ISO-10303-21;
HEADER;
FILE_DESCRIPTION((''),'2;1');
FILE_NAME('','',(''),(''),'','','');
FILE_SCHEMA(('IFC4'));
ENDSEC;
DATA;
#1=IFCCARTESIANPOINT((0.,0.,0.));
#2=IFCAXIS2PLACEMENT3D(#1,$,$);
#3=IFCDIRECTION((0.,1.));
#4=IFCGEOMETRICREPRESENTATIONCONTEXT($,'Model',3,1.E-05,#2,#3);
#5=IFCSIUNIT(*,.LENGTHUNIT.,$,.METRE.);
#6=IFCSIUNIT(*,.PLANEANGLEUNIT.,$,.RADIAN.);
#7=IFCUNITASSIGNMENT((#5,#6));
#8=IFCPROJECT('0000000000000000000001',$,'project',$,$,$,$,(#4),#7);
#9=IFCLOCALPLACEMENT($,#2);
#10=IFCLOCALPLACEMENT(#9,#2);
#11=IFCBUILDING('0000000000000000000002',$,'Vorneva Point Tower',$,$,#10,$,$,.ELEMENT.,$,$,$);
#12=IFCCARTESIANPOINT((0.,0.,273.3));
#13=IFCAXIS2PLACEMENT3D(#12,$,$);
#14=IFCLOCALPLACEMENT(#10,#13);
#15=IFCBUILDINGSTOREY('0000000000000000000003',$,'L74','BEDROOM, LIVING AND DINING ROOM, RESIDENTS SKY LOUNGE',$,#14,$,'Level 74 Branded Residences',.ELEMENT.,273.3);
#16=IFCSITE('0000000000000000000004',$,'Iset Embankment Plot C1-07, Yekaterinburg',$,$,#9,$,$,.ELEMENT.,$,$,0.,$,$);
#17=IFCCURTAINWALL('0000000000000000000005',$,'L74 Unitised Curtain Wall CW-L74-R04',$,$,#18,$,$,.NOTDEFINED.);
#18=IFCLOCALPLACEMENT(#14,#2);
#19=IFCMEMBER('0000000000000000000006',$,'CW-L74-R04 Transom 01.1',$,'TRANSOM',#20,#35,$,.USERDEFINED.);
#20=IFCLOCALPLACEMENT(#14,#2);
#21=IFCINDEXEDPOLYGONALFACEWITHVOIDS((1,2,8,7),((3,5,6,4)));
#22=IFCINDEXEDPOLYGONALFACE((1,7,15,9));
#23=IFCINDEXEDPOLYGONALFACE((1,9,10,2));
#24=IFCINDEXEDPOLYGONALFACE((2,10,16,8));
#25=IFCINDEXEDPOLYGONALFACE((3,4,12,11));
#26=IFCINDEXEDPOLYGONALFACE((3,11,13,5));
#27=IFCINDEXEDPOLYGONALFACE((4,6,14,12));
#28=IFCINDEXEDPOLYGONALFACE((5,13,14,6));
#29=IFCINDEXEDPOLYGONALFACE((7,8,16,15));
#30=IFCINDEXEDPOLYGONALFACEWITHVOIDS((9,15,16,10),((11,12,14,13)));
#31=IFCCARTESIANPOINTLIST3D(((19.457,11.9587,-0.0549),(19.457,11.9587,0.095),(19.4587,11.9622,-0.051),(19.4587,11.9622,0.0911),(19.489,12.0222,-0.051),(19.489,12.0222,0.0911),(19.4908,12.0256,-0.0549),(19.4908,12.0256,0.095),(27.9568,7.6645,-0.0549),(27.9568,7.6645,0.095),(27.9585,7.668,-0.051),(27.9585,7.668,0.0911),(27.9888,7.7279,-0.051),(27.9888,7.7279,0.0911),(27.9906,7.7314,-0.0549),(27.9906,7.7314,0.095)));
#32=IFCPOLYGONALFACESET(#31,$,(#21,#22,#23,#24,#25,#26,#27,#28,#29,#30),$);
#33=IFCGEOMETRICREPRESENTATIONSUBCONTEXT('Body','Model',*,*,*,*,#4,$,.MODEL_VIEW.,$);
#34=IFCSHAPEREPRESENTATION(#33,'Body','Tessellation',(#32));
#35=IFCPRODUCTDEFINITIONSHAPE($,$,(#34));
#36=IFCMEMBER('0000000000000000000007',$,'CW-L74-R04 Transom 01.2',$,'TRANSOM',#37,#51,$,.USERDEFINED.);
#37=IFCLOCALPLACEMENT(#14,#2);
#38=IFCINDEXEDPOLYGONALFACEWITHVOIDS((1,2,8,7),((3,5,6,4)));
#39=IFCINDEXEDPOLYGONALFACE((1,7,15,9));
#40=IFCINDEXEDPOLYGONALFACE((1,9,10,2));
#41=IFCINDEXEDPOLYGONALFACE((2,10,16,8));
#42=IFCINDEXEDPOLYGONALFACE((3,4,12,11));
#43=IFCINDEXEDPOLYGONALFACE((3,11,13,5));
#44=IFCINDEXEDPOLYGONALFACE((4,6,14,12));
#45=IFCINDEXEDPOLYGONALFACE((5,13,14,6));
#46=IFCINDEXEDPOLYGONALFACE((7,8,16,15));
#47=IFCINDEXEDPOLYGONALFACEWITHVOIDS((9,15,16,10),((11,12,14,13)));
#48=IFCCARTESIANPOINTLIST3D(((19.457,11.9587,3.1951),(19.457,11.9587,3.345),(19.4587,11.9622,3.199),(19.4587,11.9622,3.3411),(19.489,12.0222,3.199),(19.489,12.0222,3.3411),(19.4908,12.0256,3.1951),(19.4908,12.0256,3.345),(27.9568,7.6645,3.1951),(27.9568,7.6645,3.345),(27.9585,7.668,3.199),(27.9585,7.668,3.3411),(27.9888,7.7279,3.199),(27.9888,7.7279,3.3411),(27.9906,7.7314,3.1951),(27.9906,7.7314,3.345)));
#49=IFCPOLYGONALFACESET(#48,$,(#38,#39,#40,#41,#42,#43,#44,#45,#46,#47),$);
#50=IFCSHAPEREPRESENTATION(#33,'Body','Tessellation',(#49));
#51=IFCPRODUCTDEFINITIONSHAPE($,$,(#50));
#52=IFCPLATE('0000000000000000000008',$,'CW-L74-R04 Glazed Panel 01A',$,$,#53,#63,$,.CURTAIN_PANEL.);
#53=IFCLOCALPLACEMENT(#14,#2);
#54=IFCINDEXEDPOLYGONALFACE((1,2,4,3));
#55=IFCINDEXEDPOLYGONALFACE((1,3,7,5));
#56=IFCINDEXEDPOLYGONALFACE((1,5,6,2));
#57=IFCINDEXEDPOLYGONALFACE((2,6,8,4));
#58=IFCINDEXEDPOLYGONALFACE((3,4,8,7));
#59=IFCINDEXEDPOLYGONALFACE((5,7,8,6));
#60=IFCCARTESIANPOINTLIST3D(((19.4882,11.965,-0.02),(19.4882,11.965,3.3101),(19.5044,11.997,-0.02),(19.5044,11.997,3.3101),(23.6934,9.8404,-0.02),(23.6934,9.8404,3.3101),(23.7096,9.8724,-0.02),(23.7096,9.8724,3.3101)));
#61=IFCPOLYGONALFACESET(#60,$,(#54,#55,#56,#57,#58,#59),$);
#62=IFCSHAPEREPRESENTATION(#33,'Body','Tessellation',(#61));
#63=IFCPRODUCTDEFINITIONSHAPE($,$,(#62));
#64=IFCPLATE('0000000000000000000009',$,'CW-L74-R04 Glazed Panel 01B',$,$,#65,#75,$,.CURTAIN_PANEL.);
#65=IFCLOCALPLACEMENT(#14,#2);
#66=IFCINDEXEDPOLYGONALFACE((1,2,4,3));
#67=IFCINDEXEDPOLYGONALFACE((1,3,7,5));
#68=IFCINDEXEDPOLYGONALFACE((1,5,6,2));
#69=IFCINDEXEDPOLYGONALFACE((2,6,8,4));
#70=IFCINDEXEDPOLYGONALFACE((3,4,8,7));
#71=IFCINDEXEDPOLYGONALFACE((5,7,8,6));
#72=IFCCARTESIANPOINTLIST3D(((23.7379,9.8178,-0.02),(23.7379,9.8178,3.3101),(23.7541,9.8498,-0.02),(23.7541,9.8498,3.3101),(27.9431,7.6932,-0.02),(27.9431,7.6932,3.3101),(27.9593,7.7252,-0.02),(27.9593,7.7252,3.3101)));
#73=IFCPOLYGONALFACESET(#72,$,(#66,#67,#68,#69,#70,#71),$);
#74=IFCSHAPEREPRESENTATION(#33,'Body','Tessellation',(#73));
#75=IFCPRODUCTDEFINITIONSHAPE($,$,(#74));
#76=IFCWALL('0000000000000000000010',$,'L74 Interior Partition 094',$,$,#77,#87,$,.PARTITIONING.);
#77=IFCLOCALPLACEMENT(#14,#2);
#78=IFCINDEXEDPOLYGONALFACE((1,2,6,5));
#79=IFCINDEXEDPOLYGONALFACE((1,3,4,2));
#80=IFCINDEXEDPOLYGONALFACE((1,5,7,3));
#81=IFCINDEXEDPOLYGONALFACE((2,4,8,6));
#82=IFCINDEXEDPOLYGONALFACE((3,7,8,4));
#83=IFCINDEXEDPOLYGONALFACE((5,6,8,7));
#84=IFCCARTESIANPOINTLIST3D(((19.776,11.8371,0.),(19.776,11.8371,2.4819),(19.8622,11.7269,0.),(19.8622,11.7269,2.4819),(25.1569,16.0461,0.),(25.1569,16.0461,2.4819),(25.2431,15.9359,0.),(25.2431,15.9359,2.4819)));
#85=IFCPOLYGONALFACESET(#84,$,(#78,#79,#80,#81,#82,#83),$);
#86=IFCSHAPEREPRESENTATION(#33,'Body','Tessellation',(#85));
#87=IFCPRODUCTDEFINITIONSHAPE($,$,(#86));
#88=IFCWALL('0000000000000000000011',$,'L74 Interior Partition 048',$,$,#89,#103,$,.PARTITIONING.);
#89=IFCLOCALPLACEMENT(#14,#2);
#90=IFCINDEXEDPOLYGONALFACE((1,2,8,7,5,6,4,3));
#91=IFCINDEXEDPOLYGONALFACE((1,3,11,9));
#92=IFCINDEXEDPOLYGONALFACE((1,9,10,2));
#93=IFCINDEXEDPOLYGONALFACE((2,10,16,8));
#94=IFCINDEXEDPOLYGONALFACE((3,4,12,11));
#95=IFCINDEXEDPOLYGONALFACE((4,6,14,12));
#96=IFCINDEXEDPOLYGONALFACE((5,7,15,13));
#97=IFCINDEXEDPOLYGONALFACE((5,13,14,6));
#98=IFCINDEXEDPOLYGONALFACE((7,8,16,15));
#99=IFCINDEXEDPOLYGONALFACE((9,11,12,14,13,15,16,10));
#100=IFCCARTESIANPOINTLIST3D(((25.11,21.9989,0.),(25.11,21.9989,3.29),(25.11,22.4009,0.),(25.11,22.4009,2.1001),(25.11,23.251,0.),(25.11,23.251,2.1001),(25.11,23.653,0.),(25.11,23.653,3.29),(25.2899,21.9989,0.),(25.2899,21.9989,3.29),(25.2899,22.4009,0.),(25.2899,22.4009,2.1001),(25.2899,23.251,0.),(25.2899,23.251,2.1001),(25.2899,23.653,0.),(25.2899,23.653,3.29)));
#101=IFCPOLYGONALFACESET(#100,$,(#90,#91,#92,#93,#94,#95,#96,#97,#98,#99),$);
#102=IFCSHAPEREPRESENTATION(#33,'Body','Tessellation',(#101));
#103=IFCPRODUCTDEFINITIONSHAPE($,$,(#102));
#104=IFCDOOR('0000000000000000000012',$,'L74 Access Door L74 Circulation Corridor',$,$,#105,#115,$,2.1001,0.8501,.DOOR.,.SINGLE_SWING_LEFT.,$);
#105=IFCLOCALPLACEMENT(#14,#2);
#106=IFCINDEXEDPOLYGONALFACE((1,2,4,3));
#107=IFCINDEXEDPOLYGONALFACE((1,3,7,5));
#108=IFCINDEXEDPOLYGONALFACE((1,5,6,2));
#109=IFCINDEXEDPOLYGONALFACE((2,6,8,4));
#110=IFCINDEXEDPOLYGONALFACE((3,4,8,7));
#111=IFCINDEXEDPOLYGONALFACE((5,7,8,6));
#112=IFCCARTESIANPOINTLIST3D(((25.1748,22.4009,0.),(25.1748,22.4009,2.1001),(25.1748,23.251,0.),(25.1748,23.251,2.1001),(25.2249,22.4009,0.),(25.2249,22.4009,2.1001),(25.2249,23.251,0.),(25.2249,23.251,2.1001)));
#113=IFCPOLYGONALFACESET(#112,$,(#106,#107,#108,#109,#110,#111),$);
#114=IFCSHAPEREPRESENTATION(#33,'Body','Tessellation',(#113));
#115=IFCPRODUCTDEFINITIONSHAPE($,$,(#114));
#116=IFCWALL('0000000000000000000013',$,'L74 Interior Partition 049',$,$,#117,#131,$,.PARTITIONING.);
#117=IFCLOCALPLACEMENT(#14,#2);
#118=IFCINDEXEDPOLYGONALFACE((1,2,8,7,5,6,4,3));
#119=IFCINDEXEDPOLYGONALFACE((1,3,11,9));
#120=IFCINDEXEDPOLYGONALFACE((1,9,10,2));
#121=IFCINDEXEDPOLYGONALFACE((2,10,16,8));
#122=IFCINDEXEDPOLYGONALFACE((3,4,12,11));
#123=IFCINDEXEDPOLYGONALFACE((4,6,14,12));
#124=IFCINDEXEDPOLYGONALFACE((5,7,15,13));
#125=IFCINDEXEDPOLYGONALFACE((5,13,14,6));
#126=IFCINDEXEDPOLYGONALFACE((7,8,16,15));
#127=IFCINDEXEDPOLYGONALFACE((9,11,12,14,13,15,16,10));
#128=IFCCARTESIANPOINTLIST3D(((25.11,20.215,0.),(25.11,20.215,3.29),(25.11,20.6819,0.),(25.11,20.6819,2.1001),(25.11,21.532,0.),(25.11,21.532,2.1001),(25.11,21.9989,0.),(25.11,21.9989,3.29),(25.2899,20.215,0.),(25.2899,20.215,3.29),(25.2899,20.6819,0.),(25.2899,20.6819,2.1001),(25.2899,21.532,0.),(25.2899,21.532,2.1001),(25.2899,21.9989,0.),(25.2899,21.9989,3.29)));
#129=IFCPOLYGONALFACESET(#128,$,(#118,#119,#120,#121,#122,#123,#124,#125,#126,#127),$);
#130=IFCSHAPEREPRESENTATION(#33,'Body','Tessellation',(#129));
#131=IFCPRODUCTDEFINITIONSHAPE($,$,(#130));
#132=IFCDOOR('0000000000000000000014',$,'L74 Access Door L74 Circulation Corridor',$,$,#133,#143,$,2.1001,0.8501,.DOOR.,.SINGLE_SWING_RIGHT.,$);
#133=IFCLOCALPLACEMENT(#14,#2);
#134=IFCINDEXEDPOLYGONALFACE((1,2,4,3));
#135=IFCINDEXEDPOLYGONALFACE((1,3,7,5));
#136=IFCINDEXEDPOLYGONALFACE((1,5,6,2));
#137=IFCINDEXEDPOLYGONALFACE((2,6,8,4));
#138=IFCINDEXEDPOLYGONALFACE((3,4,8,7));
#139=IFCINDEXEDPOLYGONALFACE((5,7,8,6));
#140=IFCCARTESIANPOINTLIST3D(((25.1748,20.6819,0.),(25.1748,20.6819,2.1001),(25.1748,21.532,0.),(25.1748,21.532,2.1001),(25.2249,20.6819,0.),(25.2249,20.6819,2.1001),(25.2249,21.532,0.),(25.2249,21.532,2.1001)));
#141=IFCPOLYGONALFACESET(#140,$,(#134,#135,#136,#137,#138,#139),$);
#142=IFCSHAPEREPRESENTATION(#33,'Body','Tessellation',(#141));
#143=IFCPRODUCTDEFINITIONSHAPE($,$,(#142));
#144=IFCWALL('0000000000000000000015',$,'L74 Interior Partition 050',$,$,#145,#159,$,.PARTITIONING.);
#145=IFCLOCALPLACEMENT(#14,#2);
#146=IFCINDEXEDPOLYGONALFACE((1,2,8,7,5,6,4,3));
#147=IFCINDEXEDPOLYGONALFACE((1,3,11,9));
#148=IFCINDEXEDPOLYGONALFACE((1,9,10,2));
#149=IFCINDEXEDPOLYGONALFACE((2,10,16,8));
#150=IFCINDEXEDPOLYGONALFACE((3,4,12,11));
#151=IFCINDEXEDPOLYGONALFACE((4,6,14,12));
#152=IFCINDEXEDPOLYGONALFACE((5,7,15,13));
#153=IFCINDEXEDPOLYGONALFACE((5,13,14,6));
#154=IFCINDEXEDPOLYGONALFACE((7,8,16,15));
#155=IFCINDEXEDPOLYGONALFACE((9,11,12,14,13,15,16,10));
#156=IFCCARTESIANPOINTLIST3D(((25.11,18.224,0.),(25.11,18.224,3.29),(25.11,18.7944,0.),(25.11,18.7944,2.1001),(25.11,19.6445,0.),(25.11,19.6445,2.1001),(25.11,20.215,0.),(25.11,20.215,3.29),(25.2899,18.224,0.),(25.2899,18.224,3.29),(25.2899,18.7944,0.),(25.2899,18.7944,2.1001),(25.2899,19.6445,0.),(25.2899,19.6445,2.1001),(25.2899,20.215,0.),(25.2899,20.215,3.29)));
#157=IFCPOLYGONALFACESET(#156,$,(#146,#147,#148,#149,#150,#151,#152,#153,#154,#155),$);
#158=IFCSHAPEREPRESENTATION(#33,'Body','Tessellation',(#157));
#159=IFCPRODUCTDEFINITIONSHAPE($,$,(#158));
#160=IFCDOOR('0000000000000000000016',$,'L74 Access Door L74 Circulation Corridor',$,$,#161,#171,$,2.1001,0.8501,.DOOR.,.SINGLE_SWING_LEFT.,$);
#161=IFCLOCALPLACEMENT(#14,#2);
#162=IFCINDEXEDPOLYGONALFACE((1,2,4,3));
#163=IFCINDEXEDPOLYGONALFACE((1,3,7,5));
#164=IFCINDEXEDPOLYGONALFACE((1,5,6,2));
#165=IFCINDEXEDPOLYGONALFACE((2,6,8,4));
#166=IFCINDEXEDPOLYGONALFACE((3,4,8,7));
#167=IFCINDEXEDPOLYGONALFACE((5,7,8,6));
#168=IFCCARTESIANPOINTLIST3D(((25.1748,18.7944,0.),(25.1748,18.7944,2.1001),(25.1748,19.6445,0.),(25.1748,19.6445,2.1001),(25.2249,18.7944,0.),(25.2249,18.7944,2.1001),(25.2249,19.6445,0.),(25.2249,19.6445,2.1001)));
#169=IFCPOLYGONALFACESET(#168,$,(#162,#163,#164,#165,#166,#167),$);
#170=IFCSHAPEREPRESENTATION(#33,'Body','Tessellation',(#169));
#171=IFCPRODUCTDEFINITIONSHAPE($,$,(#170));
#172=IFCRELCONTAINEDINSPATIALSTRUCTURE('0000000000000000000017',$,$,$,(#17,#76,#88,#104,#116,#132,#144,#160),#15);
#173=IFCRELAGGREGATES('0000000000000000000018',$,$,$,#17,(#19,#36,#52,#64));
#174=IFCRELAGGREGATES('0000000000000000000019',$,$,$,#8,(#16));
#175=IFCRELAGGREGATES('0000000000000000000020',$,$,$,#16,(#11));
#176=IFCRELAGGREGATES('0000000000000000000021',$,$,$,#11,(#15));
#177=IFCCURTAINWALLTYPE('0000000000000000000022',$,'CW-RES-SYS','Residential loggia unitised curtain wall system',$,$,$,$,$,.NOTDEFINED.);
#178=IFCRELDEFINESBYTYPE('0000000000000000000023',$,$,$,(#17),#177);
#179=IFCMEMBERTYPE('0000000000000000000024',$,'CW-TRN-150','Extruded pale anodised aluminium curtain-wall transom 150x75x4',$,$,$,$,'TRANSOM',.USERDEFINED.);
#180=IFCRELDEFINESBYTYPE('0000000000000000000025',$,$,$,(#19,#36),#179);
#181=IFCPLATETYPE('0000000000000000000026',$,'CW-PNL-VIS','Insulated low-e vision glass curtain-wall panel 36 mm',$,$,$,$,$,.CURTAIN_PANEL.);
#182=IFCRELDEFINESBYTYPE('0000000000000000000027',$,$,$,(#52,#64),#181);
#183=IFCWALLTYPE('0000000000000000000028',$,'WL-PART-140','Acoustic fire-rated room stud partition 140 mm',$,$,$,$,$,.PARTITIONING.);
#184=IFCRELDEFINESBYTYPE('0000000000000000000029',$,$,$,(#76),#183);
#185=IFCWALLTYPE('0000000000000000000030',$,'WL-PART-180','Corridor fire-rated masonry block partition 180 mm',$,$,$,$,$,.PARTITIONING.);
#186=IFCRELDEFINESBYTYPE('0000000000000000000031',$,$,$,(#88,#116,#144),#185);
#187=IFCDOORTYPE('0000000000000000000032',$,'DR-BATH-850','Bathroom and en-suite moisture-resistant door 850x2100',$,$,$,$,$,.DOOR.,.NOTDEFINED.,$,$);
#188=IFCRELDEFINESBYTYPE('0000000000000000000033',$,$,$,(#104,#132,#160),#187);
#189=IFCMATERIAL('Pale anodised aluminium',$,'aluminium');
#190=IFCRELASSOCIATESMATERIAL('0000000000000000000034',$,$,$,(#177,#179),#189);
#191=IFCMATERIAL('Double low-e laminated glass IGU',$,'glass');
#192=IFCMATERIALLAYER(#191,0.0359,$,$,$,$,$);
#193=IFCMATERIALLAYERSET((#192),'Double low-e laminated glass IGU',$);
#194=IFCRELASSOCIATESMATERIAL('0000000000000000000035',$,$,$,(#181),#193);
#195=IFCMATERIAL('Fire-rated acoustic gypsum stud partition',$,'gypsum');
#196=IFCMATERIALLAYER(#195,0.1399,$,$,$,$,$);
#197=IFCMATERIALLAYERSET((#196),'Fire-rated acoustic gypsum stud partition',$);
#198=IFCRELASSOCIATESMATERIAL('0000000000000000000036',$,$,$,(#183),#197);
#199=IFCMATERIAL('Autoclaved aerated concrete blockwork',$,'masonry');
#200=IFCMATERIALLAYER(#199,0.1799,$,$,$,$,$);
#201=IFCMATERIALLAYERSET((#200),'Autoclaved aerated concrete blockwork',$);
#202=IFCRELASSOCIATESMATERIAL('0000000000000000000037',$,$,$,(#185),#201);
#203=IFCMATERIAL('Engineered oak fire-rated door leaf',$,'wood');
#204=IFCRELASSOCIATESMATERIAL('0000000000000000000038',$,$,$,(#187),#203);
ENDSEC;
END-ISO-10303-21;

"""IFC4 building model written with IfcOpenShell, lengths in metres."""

from ifc_helpers import new_model, si_unit, direction, frame, frame_2d, origin, origin_2d, place, context, subcontext, project, spatial, rectangle, hollow_rectangle, extrude, material, layer, layer_set, material_profile, profile_set, type_object, element, fill, aggregate, save


model = new_model("IFC4")

# Units and contexts
model_context = context("Model", 3, precision=1e-05, world=origin(), true_north=direction((0.0, 1.0)))
body_context = subcontext(model_context, "Body", "Model", "MODEL_VIEW")
ifc_project = project(units=[si_unit("LENGTHUNIT", "METRE"), si_unit("PLANEANGLEUNIT", "RADIAN")], contexts=[model_context])

# Site, building, storey
site_placement = place(None, origin())
site = spatial("IfcSite", under=ifc_project, at=site_placement, Name="Iset Embankment Plot C1-07, Yekaterinburg", CompositionType="ELEMENT", RefElevation=0.0)
building_placement = place(site_placement, origin())
building = spatial("IfcBuilding", under=site, at=building_placement, Name="Vorneva Point Tower", CompositionType="ELEMENT")
storey_placement = place(building_placement, frame((0.0, 0.0, 273.3)))
storey = spatial("IfcBuildingStorey", under=building, at=storey_placement, Name="L74", Description="BEDROOM, LIVING AND DINING ROOM, RESIDENTS SKY LOUNGE", LongName="Level 74 Branded Residences", CompositionType="ELEMENT", Elevation=273.3)

# Curtain wall, members, plates
ifc_material_1 = material(Name="Pale anodised aluminium", Category="aluminium")
curtain_wall_type = type_object("IfcCurtainWallType", Name="CW-RES-SYS", Description="Residential loggia unitised curtain wall system", PredefinedType="NOTDEFINED", material=ifc_material_1)
curtain_wall_placement = place(storey_placement, origin())
curtain_wall = element("IfcCurtainWall", 1, at=curtain_wall_placement, inside=storey, type_object=curtain_wall_type, Name="L74 Unitised Curtain Wall CW-L74-R04", PredefinedType="NOTDEFINED")
ifc_material_profile_1 = material_profile(ifc_material_1, hollow_rectangle(XDim=0.075, YDim=0.1499, WallThickness=0.0039, at=origin_2d()), Name="AL-TRN 150x75x4")
ifc_profile_set_1 = profile_set([ifc_material_profile_1], Name="Pale anodised aluminium")
member_type = type_object("IfcMemberType", Name="CW-TRN-150", Description="Extruded pale anodised aluminium curtain-wall transom 150x75x4", ElementType="TRANSOM", PredefinedType="USERDEFINED", material=ifc_profile_set_1)
member_1_placement = place(storey_placement, frame((19.4739, 11.9922, 0.02), z_axis=(0.892558, -0.450932, 0.0), x_axis=(0.450932, 0.892558, 0.0)))
member_1 = element("IfcMember", 2, at=member_1_placement, type_object=member_type, Name="CW-L74-R04 Transom 01.1", ObjectType="TRANSOM", PredefinedType="USERDEFINED", context=body_context, shape_type="SweptSolid", body=[
    extrude(hollow_rectangle(XDim=0.075, YDim=0.1499, WallThickness=0.0039, at=origin_2d()), origin(), (0.0, 0.0, 1.0), 9.5229),
])
member_2_placement = place(storey_placement, frame((19.4739, 11.9922, 3.27), z_axis=(0.892558, -0.450932, 0.0), x_axis=(0.450932, 0.892558, 0.0)))
member_2 = element("IfcMember", 3, at=member_2_placement, type_object=member_type, Name="CW-L74-R04 Transom 01.2", ObjectType="TRANSOM", PredefinedType="USERDEFINED", context=body_context, shape_type="SweptSolid", body=[
    extrude(hollow_rectangle(XDim=0.075, YDim=0.1499, WallThickness=0.0039, at=origin_2d()), origin(), (0.0, 0.0, 1.0), 9.5229),
])
ifc_material_2 = material(Name="Double low-e laminated glass IGU", Category="glass")
ifc_layer_1 = layer(ifc_material_2, 0.0359)
ifc_layer_set_1 = layer_set([ifc_layer_1], Name="Double low-e laminated glass IGU")
plate_type = type_object("IfcPlateType", Name="CW-PNL-VIS", Description="Insulated low-e vision glass curtain-wall panel 36 mm", PredefinedType="CURTAIN_PANEL", material=ifc_layer_set_1)
plate_1_placement = place(storey_placement, frame((21.5989, 10.9187, -0.02), z_axis=(0.0, 0.0, 1.0), x_axis=(0.892554, -0.45094, 0.0)))
plate_1 = element("IfcPlate", 4, at=plate_1_placement, type_object=plate_type, Name="CW-L74-R04 Glazed Panel 01A", PredefinedType="CURTAIN_PANEL", context=body_context, shape_type="SweptSolid", body=[
    extrude(rectangle(XDim=4.7114, YDim=0.0359, at=origin_2d()), origin(), (0.0, 0.0, 1.0), 3.3301),
])
plate_2_placement = place(storey_placement, frame((25.8486, 8.7715, -0.02), z_axis=(0.0, 0.0, 1.0), x_axis=(0.892554, -0.45094, 0.0)))
plate_2 = element("IfcPlate", 5, at=plate_2_placement, type_object=plate_type, Name="CW-L74-R04 Glazed Panel 01B", PredefinedType="CURTAIN_PANEL", context=body_context, shape_type="SweptSolid", body=[
    extrude(rectangle(XDim=4.7114, YDim=0.0359, at=origin_2d()), origin(), (0.0, 0.0, 1.0), 3.3301),
])
aggregate(curtain_wall, [member_1, member_2, plate_1, plate_2])

# Wall
ifc_material_3 = material(Name="Fire-rated acoustic gypsum stud partition", Category="gypsum")
ifc_layer_2 = layer(ifc_material_3, 0.1399)
ifc_layer_set_2 = layer_set([ifc_layer_2], Name="Fire-rated acoustic gypsum stud partition")
wall_type_1 = type_object("IfcWallType", Name="WL-PART-140", Description="Acoustic fire-rated room stud partition 140 mm", PredefinedType="PARTITIONING", material=ifc_layer_set_2)
wall_1_placement = place(storey_placement, frame((19.8191, 11.782, 0.0), z_axis=(0.0, 0.0, 1.0), x_axis=(0.787656, 0.616116, 0.0)))
element("IfcWall", 6, at=wall_1_placement, inside=storey, type_object=wall_type_1, Name="L74 Interior Partition 094", PredefinedType="PARTITIONING", context=body_context, shape_type="SweptSolid", body=[
    extrude(rectangle(XDim=6.8315, YDim=0.1399, at=frame_2d((3.4158, 0.0))), origin(), (0.0, 0.0, 1.0), 2.4819),
])

# Walls, openings, doors
ifc_material_4 = material(Name="Autoclaved aerated concrete blockwork", Category="masonry")
ifc_layer_3 = layer(ifc_material_4, 0.1799)
ifc_layer_set_3 = layer_set([ifc_layer_3], Name="Autoclaved aerated concrete blockwork")
wall_type_2 = type_object("IfcWallType", Name="WL-PART-180", Description="Corridor fire-rated masonry block partition 180 mm", PredefinedType="PARTITIONING", material=ifc_layer_set_3)
wall_2_placement = place(storey_placement, frame((25.2, 23.6531, 0.0), z_axis=(0.0, 0.0, 1.0), x_axis=(0.0, -1.0, 0.0)))
wall_2 = element("IfcWall", 7, at=wall_2_placement, inside=storey, type_object=wall_type_2, Name="L74 Interior Partition 048", PredefinedType="PARTITIONING", context=body_context, shape_type="SweptSolid", body=[
    extrude(rectangle(XDim=1.6541, YDim=0.1799, at=frame_2d((0.8271, 0.0))), origin(), (0.0, 0.0, 1.0), 3.29),
])
opening_1_placement = place(wall_2_placement, frame((0.4021, 0.0, 0.0)))
opening_1 = element("IfcOpeningElement", 8, at=opening_1_placement, cuts=wall_2, PredefinedType="OPENING", context=body_context, shape_type="SweptSolid", body=[
    extrude(rectangle(XDim=0.8501, YDim=2.1001, at=frame_2d((0.425, 1.05))), frame((0.0, 0.105, 0.0), z_axis=(0.0, -1.0, 0.0), x_axis=(1.0, 0.0, 0.0)), (0.0, 0.0, 1.0), 0.2097),
])
ifc_material_5 = material(Name="Engineered oak fire-rated door leaf", Category="wood")
door_type = type_object("IfcDoorType", Name="DR-BATH-850", Description="Bathroom and en-suite moisture-resistant door 850x2100", OperationType="NOTDEFINED", PredefinedType="DOOR", material=ifc_material_5)
door_1_placement = place(opening_1_placement, origin())
door_1 = element("IfcDoor", 9, at=door_1_placement, inside=storey, type_object=door_type, Name="L74 Access Door L74 Circulation Corridor", OperationType="SINGLE_SWING_LEFT", OverallHeight=2.1001, OverallWidth=0.8501, PredefinedType="DOOR", context=body_context, shape_type="SweptSolid", body=[
    extrude(rectangle(XDim=0.8501, YDim=2.1001, at=frame_2d((0.425, 1.05))), frame((0.0, 0.0249, 0.0), z_axis=(0.0, -1.0, 0.0), x_axis=(1.0, 0.0, 0.0)), (0.0, 0.0, 1.0), 0.05),
])
fill(opening_1, door_1)
wall_3_placement = place(storey_placement, frame((25.2, 21.999, 0.0), z_axis=(0.0, 0.0, 1.0), x_axis=(0.0, -1.0, 0.0)))
wall_3 = element("IfcWall", 10, at=wall_3_placement, inside=storey, type_object=wall_type_2, Name="L74 Interior Partition 049", PredefinedType="PARTITIONING", context=body_context, shape_type="SweptSolid", body=[
    extrude(rectangle(XDim=1.7839, YDim=0.1799, at=frame_2d((0.8921, 0.0))), origin(), (0.0, 0.0, 1.0), 3.29),
])
opening_2_placement = place(wall_3_placement, frame((0.467, 0.0, 0.0)))
opening_2 = element("IfcOpeningElement", 11, at=opening_2_placement, cuts=wall_3, PredefinedType="OPENING", context=body_context, shape_type="SweptSolid", body=[
    extrude(rectangle(XDim=0.8501, YDim=2.1001, at=frame_2d((0.425, 1.05))), frame((0.0, 0.105, 0.0), z_axis=(0.0, -1.0, 0.0), x_axis=(1.0, 0.0, 0.0)), (0.0, 0.0, 1.0), 0.2097),
])
door_2_placement = place(opening_2_placement, origin())
door_2 = element("IfcDoor", 12, at=door_2_placement, inside=storey, type_object=door_type, Name="L74 Access Door L74 Circulation Corridor", OperationType="SINGLE_SWING_RIGHT", OverallHeight=2.1001, OverallWidth=0.8501, PredefinedType="DOOR", context=body_context, shape_type="SweptSolid", body=[
    extrude(rectangle(XDim=0.8501, YDim=2.1001, at=frame_2d((0.425, 1.05))), frame((0.0, 0.0249, 0.0), z_axis=(0.0, -1.0, 0.0), x_axis=(1.0, 0.0, 0.0)), (0.0, 0.0, 1.0), 0.05),
])
fill(opening_2, door_2)
wall_4_placement = place(storey_placement, frame((25.2, 20.2151, 0.0), z_axis=(0.0, 0.0, 1.0), x_axis=(0.0, -1.0, 0.0)))
wall_4 = element("IfcWall", 13, at=wall_4_placement, inside=storey, type_object=wall_type_2, Name="L74 Interior Partition 050", PredefinedType="PARTITIONING", context=body_context, shape_type="SweptSolid", body=[
    extrude(rectangle(XDim=1.991, YDim=0.1799, at=frame_2d((0.9956, 0.0))), origin(), (0.0, 0.0, 1.0), 3.29),
])
opening_3_placement = place(wall_4_placement, frame((0.5706, 0.0, 0.0)))
opening_3 = element("IfcOpeningElement", 14, at=opening_3_placement, cuts=wall_4, PredefinedType="OPENING", context=body_context, shape_type="SweptSolid", body=[
    extrude(rectangle(XDim=0.8501, YDim=2.1001, at=frame_2d((0.425, 1.05))), frame((0.0, 0.105, 0.0), z_axis=(0.0, -1.0, 0.0), x_axis=(1.0, 0.0, 0.0)), (0.0, 0.0, 1.0), 0.2097),
])
door_3_placement = place(opening_3_placement, origin())
door_3 = element("IfcDoor", 15, at=door_3_placement, inside=storey, type_object=door_type, Name="L74 Access Door L74 Circulation Corridor", OperationType="SINGLE_SWING_LEFT", OverallHeight=2.1001, OverallWidth=0.8501, PredefinedType="DOOR", context=body_context, shape_type="SweptSolid", body=[
    extrude(rectangle(XDim=0.8501, YDim=2.1001, at=frame_2d((0.425, 1.05))), frame((0.0, 0.0249, 0.0), z_axis=(0.0, -1.0, 0.0), x_axis=(1.0, 0.0, 0.0)), (0.0, 0.0, 1.0), 0.05),
])
fill(opening_3, door_3)

save(model, "model.ifc")
